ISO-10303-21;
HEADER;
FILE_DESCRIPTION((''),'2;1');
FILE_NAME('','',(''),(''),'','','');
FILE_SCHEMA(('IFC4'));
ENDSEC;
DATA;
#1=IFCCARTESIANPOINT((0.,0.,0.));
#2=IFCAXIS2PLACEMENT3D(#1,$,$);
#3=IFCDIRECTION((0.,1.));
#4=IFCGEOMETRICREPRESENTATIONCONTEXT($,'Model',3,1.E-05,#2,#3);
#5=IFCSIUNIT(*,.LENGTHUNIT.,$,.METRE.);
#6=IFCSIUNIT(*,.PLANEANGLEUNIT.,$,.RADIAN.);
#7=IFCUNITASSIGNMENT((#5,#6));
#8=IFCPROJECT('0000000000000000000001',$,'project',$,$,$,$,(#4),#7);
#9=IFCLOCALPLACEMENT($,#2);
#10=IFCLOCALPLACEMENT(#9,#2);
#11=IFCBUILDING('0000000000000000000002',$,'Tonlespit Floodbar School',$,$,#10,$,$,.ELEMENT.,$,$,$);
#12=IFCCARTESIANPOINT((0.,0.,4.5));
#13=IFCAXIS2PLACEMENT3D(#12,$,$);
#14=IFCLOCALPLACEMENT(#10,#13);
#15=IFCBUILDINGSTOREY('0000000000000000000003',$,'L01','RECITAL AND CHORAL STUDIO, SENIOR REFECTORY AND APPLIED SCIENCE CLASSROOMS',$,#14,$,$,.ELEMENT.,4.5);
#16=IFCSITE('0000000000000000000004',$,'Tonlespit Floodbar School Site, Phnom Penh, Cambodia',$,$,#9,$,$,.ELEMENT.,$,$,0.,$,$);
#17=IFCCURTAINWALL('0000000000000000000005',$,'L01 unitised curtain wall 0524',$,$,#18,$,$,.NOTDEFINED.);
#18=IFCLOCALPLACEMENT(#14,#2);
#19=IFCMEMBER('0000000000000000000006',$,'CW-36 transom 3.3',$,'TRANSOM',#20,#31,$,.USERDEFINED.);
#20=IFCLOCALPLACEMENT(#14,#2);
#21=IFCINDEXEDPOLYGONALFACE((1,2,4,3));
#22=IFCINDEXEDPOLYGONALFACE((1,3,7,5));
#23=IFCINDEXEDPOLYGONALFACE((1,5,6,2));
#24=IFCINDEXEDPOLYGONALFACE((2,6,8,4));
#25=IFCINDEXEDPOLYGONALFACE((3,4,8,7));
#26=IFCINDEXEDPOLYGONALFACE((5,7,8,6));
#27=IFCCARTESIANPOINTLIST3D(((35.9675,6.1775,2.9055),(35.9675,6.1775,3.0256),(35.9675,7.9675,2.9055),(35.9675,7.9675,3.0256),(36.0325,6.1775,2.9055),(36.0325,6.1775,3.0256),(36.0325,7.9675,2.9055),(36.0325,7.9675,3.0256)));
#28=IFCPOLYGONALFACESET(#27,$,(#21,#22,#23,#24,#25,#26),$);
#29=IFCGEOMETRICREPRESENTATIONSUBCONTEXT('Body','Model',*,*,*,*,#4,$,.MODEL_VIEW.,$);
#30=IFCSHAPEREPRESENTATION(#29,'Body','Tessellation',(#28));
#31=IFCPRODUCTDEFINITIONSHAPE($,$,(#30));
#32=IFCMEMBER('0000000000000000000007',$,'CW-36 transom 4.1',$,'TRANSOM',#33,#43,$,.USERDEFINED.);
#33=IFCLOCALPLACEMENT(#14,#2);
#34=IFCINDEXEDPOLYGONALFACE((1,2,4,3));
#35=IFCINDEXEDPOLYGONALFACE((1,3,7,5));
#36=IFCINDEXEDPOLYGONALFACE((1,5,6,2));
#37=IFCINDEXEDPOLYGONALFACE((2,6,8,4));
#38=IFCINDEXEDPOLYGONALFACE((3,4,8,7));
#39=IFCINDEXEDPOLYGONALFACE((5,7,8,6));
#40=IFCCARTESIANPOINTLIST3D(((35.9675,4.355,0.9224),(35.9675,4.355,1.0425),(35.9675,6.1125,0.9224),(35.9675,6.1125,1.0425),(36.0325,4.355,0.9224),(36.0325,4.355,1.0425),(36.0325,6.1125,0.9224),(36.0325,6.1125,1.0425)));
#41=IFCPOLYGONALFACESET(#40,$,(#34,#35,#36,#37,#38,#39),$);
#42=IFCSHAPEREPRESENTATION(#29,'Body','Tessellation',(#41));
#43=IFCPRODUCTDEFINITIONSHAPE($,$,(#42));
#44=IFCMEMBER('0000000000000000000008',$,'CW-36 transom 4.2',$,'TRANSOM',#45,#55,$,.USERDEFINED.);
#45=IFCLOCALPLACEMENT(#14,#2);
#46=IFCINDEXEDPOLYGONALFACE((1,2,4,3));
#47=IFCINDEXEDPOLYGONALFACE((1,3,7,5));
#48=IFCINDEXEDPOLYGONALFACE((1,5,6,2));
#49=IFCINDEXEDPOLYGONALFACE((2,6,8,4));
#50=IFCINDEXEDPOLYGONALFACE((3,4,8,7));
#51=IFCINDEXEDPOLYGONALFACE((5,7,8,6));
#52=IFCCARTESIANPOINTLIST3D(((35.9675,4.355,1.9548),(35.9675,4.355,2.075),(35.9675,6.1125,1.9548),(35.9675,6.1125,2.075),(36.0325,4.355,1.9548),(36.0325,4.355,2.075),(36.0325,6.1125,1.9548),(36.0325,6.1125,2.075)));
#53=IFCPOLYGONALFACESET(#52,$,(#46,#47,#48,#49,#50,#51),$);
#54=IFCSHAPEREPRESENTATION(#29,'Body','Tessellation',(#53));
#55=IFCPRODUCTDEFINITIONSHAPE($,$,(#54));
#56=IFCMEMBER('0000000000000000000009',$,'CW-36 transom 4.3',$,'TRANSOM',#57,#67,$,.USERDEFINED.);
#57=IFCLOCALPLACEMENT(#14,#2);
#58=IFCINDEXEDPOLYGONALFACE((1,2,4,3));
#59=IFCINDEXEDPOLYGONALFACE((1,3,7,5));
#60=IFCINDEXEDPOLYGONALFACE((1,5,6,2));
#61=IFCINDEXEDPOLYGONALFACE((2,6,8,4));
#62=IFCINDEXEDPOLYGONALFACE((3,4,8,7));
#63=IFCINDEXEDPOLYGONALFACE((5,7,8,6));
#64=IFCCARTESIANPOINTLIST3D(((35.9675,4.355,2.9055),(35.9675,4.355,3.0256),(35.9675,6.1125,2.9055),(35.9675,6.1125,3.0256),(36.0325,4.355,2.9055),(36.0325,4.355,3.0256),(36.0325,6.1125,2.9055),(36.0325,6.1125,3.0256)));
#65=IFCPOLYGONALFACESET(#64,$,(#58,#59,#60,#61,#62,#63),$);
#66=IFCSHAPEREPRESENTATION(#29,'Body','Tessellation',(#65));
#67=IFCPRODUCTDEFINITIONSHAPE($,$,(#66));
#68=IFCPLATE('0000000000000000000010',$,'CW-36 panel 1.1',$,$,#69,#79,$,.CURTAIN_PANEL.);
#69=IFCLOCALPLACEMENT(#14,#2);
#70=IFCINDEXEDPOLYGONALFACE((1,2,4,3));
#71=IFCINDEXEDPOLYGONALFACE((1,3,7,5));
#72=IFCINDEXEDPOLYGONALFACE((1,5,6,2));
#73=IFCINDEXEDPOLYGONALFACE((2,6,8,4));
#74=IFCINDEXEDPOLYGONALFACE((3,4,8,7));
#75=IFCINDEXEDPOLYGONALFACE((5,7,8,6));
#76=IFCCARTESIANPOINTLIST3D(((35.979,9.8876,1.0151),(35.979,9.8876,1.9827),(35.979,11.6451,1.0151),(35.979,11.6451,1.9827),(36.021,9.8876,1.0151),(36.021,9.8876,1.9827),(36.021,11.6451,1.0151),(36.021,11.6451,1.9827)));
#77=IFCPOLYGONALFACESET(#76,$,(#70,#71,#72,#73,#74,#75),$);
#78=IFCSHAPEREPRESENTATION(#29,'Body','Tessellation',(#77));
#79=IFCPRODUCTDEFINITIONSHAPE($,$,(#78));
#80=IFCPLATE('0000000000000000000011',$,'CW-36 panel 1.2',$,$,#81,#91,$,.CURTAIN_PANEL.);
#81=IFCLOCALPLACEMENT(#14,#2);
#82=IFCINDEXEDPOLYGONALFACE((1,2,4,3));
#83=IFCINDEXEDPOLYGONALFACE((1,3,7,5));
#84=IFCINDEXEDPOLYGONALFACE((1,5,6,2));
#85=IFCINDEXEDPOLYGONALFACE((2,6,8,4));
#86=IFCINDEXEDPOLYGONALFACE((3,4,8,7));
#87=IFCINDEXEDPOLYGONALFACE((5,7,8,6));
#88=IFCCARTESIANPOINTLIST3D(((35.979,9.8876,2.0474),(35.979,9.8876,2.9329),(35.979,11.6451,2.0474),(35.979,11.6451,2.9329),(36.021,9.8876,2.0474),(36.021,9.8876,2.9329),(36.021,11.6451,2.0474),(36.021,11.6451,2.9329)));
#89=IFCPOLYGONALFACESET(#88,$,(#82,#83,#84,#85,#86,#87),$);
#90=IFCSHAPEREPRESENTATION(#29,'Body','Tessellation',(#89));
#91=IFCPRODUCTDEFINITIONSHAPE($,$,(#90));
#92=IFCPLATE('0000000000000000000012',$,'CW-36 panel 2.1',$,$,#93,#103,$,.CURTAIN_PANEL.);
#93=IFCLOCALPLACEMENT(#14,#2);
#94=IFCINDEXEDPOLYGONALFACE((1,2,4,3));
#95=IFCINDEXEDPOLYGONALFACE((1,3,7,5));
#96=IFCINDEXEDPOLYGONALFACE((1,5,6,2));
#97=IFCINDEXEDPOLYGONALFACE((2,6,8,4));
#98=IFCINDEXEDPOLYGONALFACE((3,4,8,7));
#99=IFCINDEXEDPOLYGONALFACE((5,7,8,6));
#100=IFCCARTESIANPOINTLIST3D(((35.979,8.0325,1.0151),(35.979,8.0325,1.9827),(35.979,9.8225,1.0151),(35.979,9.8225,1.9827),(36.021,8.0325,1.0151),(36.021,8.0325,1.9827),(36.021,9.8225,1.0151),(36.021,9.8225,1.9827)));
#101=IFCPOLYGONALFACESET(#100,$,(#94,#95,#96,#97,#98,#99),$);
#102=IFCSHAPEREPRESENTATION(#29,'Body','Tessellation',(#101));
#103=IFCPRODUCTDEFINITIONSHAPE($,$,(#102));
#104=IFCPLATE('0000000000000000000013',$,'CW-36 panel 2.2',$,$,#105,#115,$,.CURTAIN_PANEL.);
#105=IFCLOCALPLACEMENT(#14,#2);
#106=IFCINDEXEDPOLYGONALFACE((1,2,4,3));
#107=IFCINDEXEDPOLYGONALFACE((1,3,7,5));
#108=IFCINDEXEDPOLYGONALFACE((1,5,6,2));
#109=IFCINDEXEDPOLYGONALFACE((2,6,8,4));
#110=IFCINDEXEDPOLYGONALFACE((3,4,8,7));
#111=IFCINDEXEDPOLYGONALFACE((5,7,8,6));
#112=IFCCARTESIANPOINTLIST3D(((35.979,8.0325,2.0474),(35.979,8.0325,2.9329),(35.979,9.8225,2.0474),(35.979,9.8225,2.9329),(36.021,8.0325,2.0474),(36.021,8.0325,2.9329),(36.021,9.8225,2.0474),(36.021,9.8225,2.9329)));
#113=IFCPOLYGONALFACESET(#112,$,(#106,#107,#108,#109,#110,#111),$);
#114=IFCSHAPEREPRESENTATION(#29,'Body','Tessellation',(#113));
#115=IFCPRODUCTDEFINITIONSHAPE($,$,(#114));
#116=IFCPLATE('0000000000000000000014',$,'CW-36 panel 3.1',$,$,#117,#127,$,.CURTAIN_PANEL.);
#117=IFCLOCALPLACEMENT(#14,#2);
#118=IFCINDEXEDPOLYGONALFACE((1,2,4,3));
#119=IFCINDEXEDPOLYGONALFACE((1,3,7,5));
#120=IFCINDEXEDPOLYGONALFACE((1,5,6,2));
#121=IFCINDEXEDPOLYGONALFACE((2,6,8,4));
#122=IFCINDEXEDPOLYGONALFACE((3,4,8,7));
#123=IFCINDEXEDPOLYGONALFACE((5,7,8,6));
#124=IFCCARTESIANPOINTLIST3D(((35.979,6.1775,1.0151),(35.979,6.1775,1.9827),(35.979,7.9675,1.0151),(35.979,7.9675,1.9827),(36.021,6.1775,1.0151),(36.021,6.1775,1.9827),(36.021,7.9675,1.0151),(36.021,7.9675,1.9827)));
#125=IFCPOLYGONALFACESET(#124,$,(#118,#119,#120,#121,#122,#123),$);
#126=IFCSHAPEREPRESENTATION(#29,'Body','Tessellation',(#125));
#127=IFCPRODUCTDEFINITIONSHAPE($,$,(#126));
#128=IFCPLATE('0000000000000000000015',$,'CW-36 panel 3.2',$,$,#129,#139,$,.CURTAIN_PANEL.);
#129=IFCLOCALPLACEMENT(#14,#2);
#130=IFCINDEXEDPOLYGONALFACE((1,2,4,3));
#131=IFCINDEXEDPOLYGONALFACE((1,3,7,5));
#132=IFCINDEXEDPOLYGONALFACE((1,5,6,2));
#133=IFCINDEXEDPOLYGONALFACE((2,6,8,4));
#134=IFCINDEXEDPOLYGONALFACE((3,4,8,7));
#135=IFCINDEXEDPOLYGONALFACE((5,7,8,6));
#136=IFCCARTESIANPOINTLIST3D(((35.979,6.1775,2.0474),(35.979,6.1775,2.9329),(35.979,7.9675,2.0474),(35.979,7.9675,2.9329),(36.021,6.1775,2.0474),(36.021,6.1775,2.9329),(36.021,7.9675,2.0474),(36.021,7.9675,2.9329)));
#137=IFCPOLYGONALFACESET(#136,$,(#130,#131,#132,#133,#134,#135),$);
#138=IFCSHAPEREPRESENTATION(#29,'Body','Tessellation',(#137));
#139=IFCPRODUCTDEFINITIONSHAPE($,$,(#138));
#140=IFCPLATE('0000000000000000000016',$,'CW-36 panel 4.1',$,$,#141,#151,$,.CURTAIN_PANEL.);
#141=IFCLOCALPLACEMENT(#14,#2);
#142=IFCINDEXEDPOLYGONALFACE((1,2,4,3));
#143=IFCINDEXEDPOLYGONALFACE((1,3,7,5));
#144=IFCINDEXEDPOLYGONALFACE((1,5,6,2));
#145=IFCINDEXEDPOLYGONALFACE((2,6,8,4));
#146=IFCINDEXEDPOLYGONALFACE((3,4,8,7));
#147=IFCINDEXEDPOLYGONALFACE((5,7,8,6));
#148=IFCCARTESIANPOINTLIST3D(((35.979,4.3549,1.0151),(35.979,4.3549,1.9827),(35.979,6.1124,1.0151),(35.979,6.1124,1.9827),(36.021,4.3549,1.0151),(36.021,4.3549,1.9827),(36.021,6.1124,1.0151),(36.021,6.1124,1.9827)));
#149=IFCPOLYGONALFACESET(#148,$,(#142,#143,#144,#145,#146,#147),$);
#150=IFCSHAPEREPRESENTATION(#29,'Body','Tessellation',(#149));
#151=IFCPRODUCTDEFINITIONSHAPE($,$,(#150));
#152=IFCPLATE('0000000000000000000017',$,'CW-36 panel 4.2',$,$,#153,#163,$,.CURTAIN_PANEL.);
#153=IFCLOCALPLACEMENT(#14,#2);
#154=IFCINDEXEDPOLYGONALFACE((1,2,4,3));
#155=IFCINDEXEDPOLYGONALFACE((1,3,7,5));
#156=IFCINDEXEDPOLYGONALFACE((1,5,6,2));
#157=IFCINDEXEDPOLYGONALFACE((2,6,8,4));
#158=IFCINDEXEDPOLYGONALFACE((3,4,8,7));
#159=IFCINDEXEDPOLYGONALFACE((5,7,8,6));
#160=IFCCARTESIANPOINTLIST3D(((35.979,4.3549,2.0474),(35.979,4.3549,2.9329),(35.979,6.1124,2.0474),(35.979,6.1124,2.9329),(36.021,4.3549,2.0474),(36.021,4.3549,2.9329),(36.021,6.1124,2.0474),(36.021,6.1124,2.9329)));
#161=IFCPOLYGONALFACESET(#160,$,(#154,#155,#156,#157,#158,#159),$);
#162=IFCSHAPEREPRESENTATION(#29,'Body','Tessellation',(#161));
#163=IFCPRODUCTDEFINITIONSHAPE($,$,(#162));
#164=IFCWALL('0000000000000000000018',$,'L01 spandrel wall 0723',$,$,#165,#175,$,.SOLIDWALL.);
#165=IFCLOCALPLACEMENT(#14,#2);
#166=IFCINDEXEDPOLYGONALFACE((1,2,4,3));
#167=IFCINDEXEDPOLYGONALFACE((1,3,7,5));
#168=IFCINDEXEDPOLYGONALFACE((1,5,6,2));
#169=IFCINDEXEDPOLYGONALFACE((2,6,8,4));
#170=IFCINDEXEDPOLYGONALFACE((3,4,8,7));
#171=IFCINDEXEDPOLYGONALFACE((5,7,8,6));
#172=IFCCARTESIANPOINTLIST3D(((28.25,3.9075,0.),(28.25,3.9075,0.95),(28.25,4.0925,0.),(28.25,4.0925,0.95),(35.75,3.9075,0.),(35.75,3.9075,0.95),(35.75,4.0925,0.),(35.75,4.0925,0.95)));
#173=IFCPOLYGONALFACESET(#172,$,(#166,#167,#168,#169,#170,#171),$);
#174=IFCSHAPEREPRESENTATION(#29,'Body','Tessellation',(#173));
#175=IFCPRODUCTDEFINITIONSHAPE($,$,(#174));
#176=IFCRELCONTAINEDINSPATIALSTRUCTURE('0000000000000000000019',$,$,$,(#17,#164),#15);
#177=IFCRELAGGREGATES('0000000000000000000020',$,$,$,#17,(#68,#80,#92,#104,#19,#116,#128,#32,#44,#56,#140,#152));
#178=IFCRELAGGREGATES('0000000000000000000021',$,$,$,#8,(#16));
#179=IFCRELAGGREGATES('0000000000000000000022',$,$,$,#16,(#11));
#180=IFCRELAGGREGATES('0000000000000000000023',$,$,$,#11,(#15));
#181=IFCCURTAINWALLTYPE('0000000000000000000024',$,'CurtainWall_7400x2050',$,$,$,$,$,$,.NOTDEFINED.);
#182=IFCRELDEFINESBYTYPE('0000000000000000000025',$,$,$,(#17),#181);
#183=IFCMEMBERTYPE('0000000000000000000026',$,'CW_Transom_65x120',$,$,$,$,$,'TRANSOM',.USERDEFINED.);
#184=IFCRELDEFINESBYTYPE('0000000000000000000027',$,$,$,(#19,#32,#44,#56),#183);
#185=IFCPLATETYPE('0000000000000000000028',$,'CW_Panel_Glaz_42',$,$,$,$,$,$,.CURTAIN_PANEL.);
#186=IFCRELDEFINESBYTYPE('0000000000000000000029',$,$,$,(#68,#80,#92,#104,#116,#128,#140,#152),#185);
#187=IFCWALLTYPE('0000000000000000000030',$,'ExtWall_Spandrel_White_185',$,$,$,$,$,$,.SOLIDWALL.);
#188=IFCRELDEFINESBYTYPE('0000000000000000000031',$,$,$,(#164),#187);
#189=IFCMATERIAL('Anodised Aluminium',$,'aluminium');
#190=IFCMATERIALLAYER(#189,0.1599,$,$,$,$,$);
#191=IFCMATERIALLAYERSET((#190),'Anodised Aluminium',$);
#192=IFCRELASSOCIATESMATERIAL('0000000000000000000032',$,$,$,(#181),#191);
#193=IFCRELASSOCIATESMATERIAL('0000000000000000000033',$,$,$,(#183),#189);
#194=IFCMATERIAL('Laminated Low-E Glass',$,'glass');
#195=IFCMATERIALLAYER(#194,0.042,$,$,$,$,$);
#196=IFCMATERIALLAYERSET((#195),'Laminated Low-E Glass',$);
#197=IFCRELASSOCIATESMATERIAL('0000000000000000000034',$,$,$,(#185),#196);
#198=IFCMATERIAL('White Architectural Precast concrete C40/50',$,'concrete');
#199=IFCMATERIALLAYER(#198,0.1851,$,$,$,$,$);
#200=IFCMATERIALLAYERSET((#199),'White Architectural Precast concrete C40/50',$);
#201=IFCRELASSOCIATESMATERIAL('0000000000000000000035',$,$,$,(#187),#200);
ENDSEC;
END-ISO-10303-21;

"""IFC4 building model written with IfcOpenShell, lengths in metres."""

from ifc_helpers import new_model, si_unit, direction, frame, frame_2d, origin, origin_2d, place, context, subcontext, project, spatial, rectangle, extrude, material, layer, layer_set, material_profile, profile_set, type_object, element, aggregate, save


model = new_model("IFC4")

# Units and contexts
model_context = context("Model", 3, precision=1e-05, world=origin(), true_north=direction((0.0, 1.0)))
body_context = subcontext(model_context, "Body", "Model", "MODEL_VIEW")
ifc_project = project(units=[si_unit("LENGTHUNIT", "METRE"), si_unit("PLANEANGLEUNIT", "RADIAN")], contexts=[model_context])

# Site, building, storey
site_placement = place(None, origin())
site = spatial("IfcSite", under=ifc_project, at=site_placement, Name="Tonlespit Floodbar School Site, Phnom Penh, Cambodia", CompositionType="ELEMENT", RefElevation=0.0)
building_placement = place(site_placement, origin())
building = spatial("IfcBuilding", under=site, at=building_placement, Name="Tonlespit Floodbar School", CompositionType="ELEMENT")
storey_placement = place(building_placement, frame((0.0, 0.0, 4.5)))
storey = spatial("IfcBuildingStorey", under=building, at=storey_placement, Name="L01", Description="RECITAL AND CHORAL STUDIO, SENIOR REFECTORY AND APPLIED SCIENCE CLASSROOMS", CompositionType="ELEMENT", Elevation=4.5)

# Shared definitions
ifc_material_1 = material(Name="Anodised Aluminium", Category="aluminium")

# Curtain wall
ifc_layer_1 = layer(ifc_material_1, 0.1599)
ifc_layer_set_1 = layer_set([ifc_layer_1], Name="Anodised Aluminium")
curtain_wall_type_1 = type_object("IfcCurtainWallType", Name="CurtainWall_7400x2050", PredefinedType="NOTDEFINED", material=ifc_layer_set_1)
curtain_wall_1_placement = place(storey_placement, origin())
curtain_wall_1 = element("IfcCurtainWall", 1, at=curtain_wall_1_placement, inside=storey, type_object=curtain_wall_type_1, Name="L01 unitised curtain wall 0524", PredefinedType="NOTDEFINED")

# Members
ifc_material_profile_1 = material_profile(ifc_material_1, rectangle(XDim=0.0649, YDim=0.1201, at=origin_2d()), Name="ALU T65x120")
ifc_profile_set_1 = profile_set([ifc_material_profile_1], Name="Anodised Aluminium")
member_type_1 = type_object("IfcMemberType", Name="CW_Transom_65x120", ElementType="TRANSOM", PredefinedType="USERDEFINED", material=ifc_profile_set_1)
member_1_placement = place(storey_placement, frame((36.0, 7.9675, 2.9656), z_axis=(0.0, -1.0, 0.0), x_axis=(1.0, 0.0, 0.0)))
member_1 = element("IfcMember", 2, at=member_1_placement, type_object=member_type_1, Name="CW-36 transom 3.3", ObjectType="TRANSOM", PredefinedType="USERDEFINED", context=body_context, shape_type="SweptSolid", body=[
    extrude(rectangle(XDim=0.0649, YDim=0.1201, at=origin_2d()), origin(), (0.0, 0.0, 1.0), 1.79),
])
member_2_placement = place(storey_placement, frame((36.0, 6.1125, 0.9824), z_axis=(0.0, -1.0, 0.0), x_axis=(1.0, 0.0, 0.0)))
member_2 = element("IfcMember", 3, at=member_2_placement, type_object=member_type_1, Name="CW-36 transom 4.1", ObjectType="TRANSOM", PredefinedType="USERDEFINED", context=body_context, shape_type="SweptSolid", body=[
    extrude(rectangle(XDim=0.0649, YDim=0.1201, at=origin_2d()), origin(), (0.0, 0.0, 1.0), 1.7576),
])
member_3_placement = place(storey_placement, frame((36.0, 6.1125, 2.0149), z_axis=(0.0, -1.0, 0.0), x_axis=(1.0, 0.0, 0.0)))
member_3 = element("IfcMember", 4, at=member_3_placement, type_object=member_type_1, Name="CW-36 transom 4.2", ObjectType="TRANSOM", PredefinedType="USERDEFINED", context=body_context, shape_type="SweptSolid", body=[
    extrude(rectangle(XDim=0.0649, YDim=0.1201, at=origin_2d()), origin(), (0.0, 0.0, 1.0), 1.7576),
])
member_4_placement = place(storey_placement, frame((36.0, 6.1125, 2.9656), z_axis=(0.0, -1.0, 0.0), x_axis=(1.0, 0.0, 0.0)))
member_4 = element("IfcMember", 5, at=member_4_placement, type_object=member_type_1, Name="CW-36 transom 4.3", ObjectType="TRANSOM", PredefinedType="USERDEFINED", context=body_context, shape_type="SweptSolid", body=[
    extrude(rectangle(XDim=0.0649, YDim=0.1201, at=origin_2d()), origin(), (0.0, 0.0, 1.0), 1.7576),
])

# Plates
ifc_material_2 = material(Name="Laminated Low-E Glass", Category="glass")
ifc_layer_2 = layer(ifc_material_2, 0.042)
ifc_layer_set_2 = layer_set([ifc_layer_2], Name="Laminated Low-E Glass")
plate_type = type_object("IfcPlateType", Name="CW_Panel_Glaz_42", PredefinedType="CURTAIN_PANEL", material=ifc_layer_set_2)
plate_1_placement = place(storey_placement, frame((36.0, 10.7664, 1.0151), z_axis=(0.0, 0.0, 1.0), x_axis=(0.0, -1.0, 0.0)))
plate_1 = element("IfcPlate", 6, at=plate_1_placement, type_object=plate_type, Name="CW-36 panel 1.1", PredefinedType="CURTAIN_PANEL", context=body_context, shape_type="SweptSolid", body=[
    extrude(rectangle(XDim=1.7576, YDim=0.042, at=origin_2d()), origin(), (0.0, 0.0, 1.0), 0.9675),
])
plate_2_placement = place(storey_placement, frame((36.0, 10.7664, 2.0474), z_axis=(0.0, 0.0, 1.0), x_axis=(0.0, -1.0, 0.0)))
plate_2 = element("IfcPlate", 7, at=plate_2_placement, type_object=plate_type, Name="CW-36 panel 1.2", PredefinedType="CURTAIN_PANEL", context=body_context, shape_type="SweptSolid", body=[
    extrude(rectangle(XDim=1.7576, YDim=0.042, at=origin_2d()), origin(), (0.0, 0.0, 1.0), 0.8855),
])
plate_3_placement = place(storey_placement, frame((36.0, 8.9275, 1.0151), z_axis=(0.0, 0.0, 1.0), x_axis=(0.0, -1.0, 0.0)))
plate_3 = element("IfcPlate", 8, at=plate_3_placement, type_object=plate_type, Name="CW-36 panel 2.1", PredefinedType="CURTAIN_PANEL", context=body_context, shape_type="SweptSolid", body=[
    extrude(rectangle(XDim=1.79, YDim=0.042, at=origin_2d()), origin(), (0.0, 0.0, 1.0), 0.9675),
])
plate_4_placement = place(storey_placement, frame((36.0, 8.9275, 2.0474), z_axis=(0.0, 0.0, 1.0), x_axis=(0.0, -1.0, 0.0)))
plate_4 = element("IfcPlate", 9, at=plate_4_placement, type_object=plate_type, Name="CW-36 panel 2.2", PredefinedType="CURTAIN_PANEL", context=body_context, shape_type="SweptSolid", body=[
    extrude(rectangle(XDim=1.79, YDim=0.042, at=origin_2d()), origin(), (0.0, 0.0, 1.0), 0.8855),
])
plate_5_placement = place(storey_placement, frame((36.0, 7.0725, 1.0151), z_axis=(0.0, 0.0, 1.0), x_axis=(0.0, -1.0, 0.0)))
plate_5 = element("IfcPlate", 10, at=plate_5_placement, type_object=plate_type, Name="CW-36 panel 3.1", PredefinedType="CURTAIN_PANEL", context=body_context, shape_type="SweptSolid", body=[
    extrude(rectangle(XDim=1.79, YDim=0.042, at=origin_2d()), origin(), (0.0, 0.0, 1.0), 0.9675),
])
plate_6_placement = place(storey_placement, frame((36.0, 7.0725, 2.0474), z_axis=(0.0, 0.0, 1.0), x_axis=(0.0, -1.0, 0.0)))
plate_6 = element("IfcPlate", 11, at=plate_6_placement, type_object=plate_type, Name="CW-36 panel 3.2", PredefinedType="CURTAIN_PANEL", context=body_context, shape_type="SweptSolid", body=[
    extrude(rectangle(XDim=1.79, YDim=0.042, at=origin_2d()), origin(), (0.0, 0.0, 1.0), 0.8855),
])
plate_7_placement = place(storey_placement, frame((36.0, 5.2336, 1.0151), z_axis=(0.0, 0.0, 1.0), x_axis=(0.0, -1.0, 0.0)))
plate_7 = element("IfcPlate", 12, at=plate_7_placement, type_object=plate_type, Name="CW-36 panel 4.1", PredefinedType="CURTAIN_PANEL", context=body_context, shape_type="SweptSolid", body=[
    extrude(rectangle(XDim=1.7576, YDim=0.042, at=origin_2d()), origin(), (0.0, 0.0, 1.0), 0.9675),
])
plate_8_placement = place(storey_placement, frame((36.0, 5.2336, 2.0474), z_axis=(0.0, 0.0, 1.0), x_axis=(0.0, -1.0, 0.0)))
plate_8 = element("IfcPlate", 13, at=plate_8_placement, type_object=plate_type, Name="CW-36 panel 4.2", PredefinedType="CURTAIN_PANEL", context=body_context, shape_type="SweptSolid", body=[
    extrude(rectangle(XDim=1.7576, YDim=0.042, at=origin_2d()), origin(), (0.0, 0.0, 1.0), 0.8855),
])
aggregate(curtain_wall_1, [plate_1, plate_2, plate_3, plate_4, member_1, plate_5, plate_6, member_2, member_3, member_4, plate_7, plate_8])

# Wall
ifc_material_3 = material(Name="White Architectural Precast concrete C40/50", Category="concrete")
ifc_layer_3 = layer(ifc_material_3, 0.1851)
ifc_layer_set_3 = layer_set([ifc_layer_3], Name="White Architectural Precast concrete C40/50")
wall_type = type_object("IfcWallType", Name="ExtWall_Spandrel_White_185", PredefinedType="SOLIDWALL", material=ifc_layer_set_3)
wall_placement = place(storey_placement, frame((35.75, 4.0, 0.0), z_axis=(0.0, 0.0, 1.0), x_axis=(-1.0, 0.0, 0.0)))
element("IfcWall", 14, at=wall_placement, inside=storey, type_object=wall_type, Name="L01 spandrel wall 0723", PredefinedType="SOLIDWALL", context=body_context, shape_type="SweptSolid", body=[
    extrude(rectangle(XDim=7.5, YDim=0.1851, at=frame_2d((3.75, 0.0))), origin(), (0.0, 0.0, 1.0), 0.95),
])

save(model, "model.ifc")
